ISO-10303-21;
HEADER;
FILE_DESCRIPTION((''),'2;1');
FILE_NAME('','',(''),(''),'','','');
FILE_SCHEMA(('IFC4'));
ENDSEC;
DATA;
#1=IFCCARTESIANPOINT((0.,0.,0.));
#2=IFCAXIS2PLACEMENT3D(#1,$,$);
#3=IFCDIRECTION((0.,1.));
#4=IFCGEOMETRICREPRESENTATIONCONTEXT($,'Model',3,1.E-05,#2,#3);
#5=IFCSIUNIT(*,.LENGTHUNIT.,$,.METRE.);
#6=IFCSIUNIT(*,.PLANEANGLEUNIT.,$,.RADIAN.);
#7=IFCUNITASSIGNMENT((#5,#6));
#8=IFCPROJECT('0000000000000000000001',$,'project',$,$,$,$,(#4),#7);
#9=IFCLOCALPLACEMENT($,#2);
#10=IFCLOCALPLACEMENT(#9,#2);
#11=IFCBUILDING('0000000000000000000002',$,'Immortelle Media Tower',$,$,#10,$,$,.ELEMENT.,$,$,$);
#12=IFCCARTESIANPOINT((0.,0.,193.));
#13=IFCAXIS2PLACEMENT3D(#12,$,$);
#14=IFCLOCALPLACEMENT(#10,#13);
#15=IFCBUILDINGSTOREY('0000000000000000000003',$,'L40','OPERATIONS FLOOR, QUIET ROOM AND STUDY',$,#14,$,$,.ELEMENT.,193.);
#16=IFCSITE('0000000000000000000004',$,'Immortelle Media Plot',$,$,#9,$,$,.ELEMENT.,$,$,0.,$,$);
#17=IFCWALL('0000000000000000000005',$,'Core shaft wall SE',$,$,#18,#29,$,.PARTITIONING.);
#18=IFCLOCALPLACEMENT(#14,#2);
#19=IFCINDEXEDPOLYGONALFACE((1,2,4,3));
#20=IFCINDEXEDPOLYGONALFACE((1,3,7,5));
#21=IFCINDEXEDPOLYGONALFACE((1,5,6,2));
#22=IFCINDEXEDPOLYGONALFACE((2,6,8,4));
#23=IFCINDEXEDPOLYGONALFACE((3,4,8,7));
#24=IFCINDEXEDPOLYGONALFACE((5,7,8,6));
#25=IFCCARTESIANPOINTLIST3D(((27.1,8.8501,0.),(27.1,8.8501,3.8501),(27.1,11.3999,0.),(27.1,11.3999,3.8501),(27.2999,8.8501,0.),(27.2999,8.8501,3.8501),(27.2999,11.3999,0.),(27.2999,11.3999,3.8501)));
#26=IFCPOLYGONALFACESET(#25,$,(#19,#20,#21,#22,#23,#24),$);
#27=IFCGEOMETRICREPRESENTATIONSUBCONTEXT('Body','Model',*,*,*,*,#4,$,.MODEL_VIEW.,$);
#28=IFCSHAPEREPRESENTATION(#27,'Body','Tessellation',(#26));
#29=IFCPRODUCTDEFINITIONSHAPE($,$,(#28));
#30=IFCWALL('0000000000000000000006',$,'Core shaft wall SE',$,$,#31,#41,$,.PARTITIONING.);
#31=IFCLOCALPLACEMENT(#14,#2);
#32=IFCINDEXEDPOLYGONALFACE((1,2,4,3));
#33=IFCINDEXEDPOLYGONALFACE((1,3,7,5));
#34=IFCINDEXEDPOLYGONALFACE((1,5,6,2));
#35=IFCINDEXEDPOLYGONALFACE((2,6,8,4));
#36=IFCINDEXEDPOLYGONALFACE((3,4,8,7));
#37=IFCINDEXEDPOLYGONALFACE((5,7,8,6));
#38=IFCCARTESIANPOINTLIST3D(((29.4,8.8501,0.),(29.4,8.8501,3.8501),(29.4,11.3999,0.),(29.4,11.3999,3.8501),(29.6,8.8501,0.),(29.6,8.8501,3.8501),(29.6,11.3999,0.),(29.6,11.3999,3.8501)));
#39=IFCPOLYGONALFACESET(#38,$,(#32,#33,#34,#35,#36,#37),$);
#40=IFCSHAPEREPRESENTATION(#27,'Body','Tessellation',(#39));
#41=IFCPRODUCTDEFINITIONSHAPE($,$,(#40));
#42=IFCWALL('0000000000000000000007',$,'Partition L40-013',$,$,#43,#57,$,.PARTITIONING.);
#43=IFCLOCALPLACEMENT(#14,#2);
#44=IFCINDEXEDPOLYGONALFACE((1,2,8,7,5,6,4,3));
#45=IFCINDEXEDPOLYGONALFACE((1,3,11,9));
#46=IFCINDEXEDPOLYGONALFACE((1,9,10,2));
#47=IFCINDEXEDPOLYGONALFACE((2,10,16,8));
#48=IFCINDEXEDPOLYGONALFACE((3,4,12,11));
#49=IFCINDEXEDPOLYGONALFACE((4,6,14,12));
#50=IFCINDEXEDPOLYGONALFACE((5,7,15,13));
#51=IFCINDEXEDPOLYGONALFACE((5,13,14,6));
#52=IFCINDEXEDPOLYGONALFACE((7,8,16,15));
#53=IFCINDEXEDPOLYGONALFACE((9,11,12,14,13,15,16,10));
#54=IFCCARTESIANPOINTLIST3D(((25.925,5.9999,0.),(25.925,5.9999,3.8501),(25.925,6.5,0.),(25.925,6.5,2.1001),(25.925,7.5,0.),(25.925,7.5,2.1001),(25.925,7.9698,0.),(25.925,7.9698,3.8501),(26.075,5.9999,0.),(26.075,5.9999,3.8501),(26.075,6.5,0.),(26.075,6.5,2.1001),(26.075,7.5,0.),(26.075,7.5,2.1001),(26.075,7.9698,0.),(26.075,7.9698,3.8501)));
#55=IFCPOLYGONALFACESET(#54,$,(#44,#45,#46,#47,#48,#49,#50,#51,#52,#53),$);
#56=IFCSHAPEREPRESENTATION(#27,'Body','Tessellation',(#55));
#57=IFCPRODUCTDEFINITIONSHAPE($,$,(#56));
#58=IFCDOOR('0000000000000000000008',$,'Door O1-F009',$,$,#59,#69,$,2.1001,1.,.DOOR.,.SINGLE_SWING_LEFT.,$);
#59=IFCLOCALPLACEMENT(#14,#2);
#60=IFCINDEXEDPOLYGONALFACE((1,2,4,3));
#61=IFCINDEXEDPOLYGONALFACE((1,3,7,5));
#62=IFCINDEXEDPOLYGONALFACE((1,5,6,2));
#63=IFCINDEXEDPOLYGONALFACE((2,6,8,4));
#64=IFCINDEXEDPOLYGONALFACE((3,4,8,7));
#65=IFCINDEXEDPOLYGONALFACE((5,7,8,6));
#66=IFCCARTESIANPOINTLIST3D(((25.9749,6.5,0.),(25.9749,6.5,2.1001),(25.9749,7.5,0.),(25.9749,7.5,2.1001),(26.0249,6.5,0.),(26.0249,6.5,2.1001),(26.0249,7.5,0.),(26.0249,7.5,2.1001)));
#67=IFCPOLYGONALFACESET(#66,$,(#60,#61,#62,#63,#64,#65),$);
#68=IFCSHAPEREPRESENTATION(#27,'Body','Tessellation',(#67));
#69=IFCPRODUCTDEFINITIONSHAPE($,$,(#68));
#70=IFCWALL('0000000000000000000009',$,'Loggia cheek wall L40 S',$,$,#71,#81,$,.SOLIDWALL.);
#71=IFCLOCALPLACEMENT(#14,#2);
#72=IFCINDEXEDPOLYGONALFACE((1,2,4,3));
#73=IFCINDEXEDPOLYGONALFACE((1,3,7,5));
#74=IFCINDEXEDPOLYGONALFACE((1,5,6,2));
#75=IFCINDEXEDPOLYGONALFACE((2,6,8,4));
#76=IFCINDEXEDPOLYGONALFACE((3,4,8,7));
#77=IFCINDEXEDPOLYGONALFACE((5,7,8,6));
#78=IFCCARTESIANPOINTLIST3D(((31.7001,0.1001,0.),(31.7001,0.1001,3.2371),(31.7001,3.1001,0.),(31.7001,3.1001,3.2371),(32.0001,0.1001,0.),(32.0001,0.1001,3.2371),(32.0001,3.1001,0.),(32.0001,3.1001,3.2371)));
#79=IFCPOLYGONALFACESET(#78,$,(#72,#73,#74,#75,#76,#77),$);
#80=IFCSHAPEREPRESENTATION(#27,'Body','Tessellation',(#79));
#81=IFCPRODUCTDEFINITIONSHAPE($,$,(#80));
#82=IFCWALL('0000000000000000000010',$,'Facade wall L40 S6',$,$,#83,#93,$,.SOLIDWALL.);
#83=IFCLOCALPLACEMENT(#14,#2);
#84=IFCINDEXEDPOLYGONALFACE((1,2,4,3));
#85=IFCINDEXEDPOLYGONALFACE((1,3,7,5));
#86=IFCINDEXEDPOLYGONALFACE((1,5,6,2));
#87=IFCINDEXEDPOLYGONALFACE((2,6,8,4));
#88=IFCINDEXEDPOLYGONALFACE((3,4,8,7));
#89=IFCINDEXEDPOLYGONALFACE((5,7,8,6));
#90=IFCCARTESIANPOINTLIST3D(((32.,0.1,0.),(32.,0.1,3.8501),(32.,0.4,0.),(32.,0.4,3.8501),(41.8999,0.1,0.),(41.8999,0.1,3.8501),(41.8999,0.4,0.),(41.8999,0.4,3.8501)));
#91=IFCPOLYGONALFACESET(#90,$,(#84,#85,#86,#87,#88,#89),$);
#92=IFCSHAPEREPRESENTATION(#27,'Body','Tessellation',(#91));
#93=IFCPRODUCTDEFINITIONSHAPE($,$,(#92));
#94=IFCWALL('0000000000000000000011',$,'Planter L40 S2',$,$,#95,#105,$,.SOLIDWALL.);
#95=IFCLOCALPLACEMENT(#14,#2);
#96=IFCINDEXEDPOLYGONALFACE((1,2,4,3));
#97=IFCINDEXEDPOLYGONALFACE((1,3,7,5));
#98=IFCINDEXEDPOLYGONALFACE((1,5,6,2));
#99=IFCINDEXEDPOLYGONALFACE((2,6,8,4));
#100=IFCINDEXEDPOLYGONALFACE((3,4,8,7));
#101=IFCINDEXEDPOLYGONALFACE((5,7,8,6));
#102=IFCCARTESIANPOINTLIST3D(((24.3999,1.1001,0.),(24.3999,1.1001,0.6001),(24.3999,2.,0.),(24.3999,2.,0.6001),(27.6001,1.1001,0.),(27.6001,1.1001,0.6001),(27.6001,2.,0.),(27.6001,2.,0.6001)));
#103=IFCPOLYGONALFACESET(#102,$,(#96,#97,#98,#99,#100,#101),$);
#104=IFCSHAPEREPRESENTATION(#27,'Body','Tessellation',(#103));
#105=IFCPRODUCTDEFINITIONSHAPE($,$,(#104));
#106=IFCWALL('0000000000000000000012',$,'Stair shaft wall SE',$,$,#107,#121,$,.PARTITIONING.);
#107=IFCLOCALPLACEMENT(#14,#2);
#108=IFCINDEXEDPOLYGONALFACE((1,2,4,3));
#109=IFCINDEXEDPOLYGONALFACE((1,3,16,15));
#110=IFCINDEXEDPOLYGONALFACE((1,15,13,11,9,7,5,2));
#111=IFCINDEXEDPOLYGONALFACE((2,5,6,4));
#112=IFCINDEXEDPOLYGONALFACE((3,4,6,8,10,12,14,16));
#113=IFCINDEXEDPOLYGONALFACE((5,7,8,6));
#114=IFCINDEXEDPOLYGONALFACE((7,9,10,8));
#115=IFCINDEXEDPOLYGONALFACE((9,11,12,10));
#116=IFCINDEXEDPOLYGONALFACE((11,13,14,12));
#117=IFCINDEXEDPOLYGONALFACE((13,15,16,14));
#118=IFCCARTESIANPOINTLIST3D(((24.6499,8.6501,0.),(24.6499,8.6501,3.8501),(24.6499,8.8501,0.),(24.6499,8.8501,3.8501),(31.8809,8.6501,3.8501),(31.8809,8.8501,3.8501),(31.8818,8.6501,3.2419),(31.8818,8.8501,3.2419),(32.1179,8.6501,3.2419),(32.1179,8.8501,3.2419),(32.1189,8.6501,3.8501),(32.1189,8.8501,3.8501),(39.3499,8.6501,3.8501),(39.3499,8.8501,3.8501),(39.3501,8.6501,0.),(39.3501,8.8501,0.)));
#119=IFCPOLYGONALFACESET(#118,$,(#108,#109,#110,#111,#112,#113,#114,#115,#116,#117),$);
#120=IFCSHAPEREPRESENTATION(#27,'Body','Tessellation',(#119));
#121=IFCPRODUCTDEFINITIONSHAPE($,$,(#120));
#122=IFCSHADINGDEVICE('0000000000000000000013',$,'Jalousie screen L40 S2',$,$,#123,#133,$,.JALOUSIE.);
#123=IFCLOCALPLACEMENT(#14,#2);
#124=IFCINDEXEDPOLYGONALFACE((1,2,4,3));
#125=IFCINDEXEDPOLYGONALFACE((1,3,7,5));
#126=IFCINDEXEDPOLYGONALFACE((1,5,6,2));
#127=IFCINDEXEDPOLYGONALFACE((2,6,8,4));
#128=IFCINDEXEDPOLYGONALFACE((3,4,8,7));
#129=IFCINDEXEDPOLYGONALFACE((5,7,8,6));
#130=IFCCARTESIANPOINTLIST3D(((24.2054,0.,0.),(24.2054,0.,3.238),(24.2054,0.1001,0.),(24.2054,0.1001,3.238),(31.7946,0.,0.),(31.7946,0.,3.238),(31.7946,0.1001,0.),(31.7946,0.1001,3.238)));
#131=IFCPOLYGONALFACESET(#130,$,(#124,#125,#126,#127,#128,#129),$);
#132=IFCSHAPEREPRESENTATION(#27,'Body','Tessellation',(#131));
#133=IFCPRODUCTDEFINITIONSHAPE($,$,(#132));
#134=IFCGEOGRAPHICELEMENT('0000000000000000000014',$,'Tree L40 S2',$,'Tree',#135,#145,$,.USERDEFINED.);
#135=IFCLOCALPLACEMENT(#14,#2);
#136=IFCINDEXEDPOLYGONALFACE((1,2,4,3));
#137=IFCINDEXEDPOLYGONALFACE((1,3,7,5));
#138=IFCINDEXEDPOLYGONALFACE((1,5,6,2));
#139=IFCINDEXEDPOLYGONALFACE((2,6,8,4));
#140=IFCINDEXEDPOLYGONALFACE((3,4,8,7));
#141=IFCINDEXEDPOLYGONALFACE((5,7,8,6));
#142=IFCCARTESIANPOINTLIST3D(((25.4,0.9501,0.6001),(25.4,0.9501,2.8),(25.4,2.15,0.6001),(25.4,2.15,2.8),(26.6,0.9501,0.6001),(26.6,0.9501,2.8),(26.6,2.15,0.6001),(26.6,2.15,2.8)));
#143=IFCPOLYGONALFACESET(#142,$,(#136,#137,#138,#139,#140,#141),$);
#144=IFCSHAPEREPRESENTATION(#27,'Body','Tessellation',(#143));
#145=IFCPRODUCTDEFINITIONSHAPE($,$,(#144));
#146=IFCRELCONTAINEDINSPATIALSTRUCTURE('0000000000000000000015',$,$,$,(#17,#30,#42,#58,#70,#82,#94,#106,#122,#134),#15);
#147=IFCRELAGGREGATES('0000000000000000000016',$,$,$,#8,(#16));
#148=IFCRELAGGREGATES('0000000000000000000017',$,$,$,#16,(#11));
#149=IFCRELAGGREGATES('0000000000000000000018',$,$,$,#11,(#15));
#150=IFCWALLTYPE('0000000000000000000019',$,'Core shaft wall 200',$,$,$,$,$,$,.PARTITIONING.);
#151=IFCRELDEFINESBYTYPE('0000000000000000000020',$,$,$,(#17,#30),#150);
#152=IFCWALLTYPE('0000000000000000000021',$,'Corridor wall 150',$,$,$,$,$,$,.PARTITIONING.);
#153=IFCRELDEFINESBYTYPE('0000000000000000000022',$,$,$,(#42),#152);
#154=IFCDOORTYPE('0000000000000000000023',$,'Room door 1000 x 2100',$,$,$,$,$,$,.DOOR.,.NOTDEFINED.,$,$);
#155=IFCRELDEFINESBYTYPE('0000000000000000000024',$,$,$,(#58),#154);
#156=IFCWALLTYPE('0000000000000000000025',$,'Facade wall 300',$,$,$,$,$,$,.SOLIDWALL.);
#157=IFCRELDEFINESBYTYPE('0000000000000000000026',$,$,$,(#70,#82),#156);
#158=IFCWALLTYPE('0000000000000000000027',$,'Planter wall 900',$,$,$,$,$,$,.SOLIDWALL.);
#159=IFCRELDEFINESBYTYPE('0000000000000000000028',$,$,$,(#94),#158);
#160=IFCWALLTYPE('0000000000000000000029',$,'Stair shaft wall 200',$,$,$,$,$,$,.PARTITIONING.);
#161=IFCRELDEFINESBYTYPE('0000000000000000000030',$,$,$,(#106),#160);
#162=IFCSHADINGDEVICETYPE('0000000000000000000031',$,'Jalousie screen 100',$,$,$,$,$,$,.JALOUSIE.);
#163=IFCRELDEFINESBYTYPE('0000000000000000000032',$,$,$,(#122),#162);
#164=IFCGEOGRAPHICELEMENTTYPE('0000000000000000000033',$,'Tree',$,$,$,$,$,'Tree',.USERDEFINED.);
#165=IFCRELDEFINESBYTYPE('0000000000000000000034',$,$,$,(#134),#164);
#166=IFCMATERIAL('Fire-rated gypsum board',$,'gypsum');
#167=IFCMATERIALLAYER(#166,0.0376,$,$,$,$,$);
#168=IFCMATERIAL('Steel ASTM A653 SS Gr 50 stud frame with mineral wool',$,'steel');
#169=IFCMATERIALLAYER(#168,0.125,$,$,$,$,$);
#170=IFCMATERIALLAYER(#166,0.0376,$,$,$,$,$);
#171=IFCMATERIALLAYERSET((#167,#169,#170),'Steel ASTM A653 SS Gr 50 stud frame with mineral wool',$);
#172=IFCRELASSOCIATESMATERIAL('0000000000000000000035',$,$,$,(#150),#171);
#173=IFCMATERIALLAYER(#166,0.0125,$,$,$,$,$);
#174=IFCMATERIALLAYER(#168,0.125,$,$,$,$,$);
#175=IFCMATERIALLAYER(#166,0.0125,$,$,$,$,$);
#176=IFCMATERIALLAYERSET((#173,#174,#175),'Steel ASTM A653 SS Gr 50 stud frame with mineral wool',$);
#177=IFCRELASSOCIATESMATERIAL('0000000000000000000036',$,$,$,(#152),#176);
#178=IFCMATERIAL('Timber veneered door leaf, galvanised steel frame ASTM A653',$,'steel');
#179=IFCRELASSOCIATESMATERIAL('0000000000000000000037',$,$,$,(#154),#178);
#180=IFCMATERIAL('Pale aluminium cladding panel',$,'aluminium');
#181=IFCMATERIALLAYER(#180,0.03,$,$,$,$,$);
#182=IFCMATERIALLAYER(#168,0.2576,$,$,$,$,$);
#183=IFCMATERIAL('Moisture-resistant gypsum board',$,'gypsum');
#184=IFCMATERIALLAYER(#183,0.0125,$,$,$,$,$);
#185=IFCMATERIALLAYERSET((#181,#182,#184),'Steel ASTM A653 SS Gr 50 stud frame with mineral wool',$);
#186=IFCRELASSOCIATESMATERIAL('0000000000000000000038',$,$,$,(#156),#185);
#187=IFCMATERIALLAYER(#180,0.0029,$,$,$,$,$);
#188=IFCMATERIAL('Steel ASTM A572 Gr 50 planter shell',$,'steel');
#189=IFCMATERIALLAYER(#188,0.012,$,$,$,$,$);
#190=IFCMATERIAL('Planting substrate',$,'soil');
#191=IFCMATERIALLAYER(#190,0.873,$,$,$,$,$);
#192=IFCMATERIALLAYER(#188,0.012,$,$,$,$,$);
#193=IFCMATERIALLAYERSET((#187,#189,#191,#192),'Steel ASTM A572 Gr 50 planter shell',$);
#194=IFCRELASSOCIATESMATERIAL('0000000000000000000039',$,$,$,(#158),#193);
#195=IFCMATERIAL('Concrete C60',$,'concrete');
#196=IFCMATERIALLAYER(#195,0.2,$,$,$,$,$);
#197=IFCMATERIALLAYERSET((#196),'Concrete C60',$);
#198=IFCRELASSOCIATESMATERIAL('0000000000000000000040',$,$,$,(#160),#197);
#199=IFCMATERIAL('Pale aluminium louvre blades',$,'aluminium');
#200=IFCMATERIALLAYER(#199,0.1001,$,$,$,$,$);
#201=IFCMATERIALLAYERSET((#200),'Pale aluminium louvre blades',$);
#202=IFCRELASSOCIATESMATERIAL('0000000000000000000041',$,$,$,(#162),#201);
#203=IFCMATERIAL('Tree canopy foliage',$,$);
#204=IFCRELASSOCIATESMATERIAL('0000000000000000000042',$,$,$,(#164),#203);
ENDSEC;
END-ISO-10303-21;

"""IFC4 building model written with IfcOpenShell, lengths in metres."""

from ifc_helpers import new_model, si_unit, direction, frame, frame_2d, origin, origin_2d, place, context, subcontext, project, spatial, polyline, rectangle, outline, extrude, material, layer, layer_set, type_object, element, fill, save


model = new_model("IFC4")

# Units and contexts
model_context = context("Model", 3, precision=1e-05, world=origin(), true_north=direction((0.0, 1.0)))
body_context = subcontext(model_context, "Body", "Model", "MODEL_VIEW")
ifc_project = project(units=[si_unit("LENGTHUNIT", "METRE"), si_unit("PLANEANGLEUNIT", "RADIAN")], contexts=[model_context])

# Site, building, storey
site_placement = place(None, origin())
site = spatial("IfcSite", under=ifc_project, at=site_placement, Name="Immortelle Media Plot", CompositionType="ELEMENT", RefElevation=0.0)
building_placement = place(site_placement, origin())
building = spatial("IfcBuilding", under=site, at=building_placement, Name="Immortelle Media Tower", CompositionType="ELEMENT")
storey_placement = place(building_placement, frame((0.0, 0.0, 193.0)))
storey = spatial("IfcBuildingStorey", under=building, at=storey_placement, Name="L40", Description="OPERATIONS FLOOR, QUIET ROOM AND STUDY", CompositionType="ELEMENT", Elevation=193.0)

# Walls
ifc_material_1 = material(Name="Fire-rated gypsum board", Category="gypsum")
ifc_layer_1 = layer(ifc_material_1, 0.0376)
ifc_material_2 = material(Name="Steel ASTM A653 SS Gr 50 stud frame with mineral wool", Category="steel")
ifc_layer_2 = layer(ifc_material_2, 0.125)
ifc_layer_3 = layer(ifc_material_1, 0.0376)
ifc_layer_set_1 = layer_set([ifc_layer_1, ifc_layer_2, ifc_layer_3], Name="Steel ASTM A653 SS Gr 50 stud frame with mineral wool")
wall_type_1 = type_object("IfcWallType", Name="Core shaft wall 200", PredefinedType="PARTITIONING", material=ifc_layer_set_1)
for number, where, z_axis, x_axis, name in (
    (1, (27.2, 8.8501, 0.0), (0.0, 0.0, 1.0), (0.0, 1.0, 0.0), "Core shaft wall SE"),
    (2, (29.5, 8.8501, 0.0), (0.0, 0.0, 1.0), (0.0, 1.0, 0.0), "Core shaft wall SE"),
):
    element("IfcWall", number, at=place(storey_placement, frame(where, z_axis=z_axis, x_axis=x_axis)), inside=storey, type_object=wall_type_1, Name=name, PredefinedType="PARTITIONING", context=body_context, shape_type="SweptSolid", body=[
        extrude(rectangle(XDim=2.5498, YDim=0.2, at=frame_2d((1.2749, 0.0))), origin(), (0.0, 0.0, 1.0), 3.8501),
    ])

# Wall, opening, door
ifc_layer_4 = layer(ifc_material_1, 0.0125)
ifc_layer_5 = layer(ifc_material_2, 0.125)
ifc_layer_6 = layer(ifc_material_1, 0.0125)
ifc_layer_set_2 = layer_set([ifc_layer_4, ifc_layer_5, ifc_layer_6], Name="Steel ASTM A653 SS Gr 50 stud frame with mineral wool")
wall_type_2 = type_object("IfcWallType", Name="Corridor wall 150", PredefinedType="PARTITIONING", material=ifc_layer_set_2)
wall_1_placement = place(storey_placement, frame((26.0, 6.0, 0.0), z_axis=(0.0, 0.0, 1.0), x_axis=(0.0, 1.0, 0.0)))
wall_1 = element("IfcWall", 3, at=wall_1_placement, inside=storey, type_object=wall_type_2, Name="Partition L40-013", PredefinedType="PARTITIONING", context=body_context, shape_type="SweptSolid", body=[
    extrude(rectangle(XDim=1.97, YDim=0.1499, at=frame_2d((0.9849, 0.0))), origin(), (0.0, 0.0, 1.0), 3.8501),
])
opening_placement = place(wall_1_placement, frame((1.5, 0.0, 0.0), z_axis=(0.0, 0.0, 1.0), x_axis=(-1.0, 0.0, 0.0)))
opening = element("IfcOpeningElement", 4, at=opening_placement, cuts=wall_1, PredefinedType="OPENING", context=body_context, shape_type="SweptSolid", body=[
    extrude(rectangle(XDim=1.0, YDim=2.1001, at=frame_2d((0.5, 1.05))), frame((0.0, 0.085, 0.0), z_axis=(0.0, -1.0, 0.0), x_axis=(1.0, 0.0, 0.0)), (0.0, 0.0, 1.0), 0.1699),
])
ifc_material_3 = material(Name="Timber veneered door leaf, galvanised steel frame ASTM A653", Category="steel")
door_type = type_object("IfcDoorType", Name="Room door 1000 x 2100", OperationType="NOTDEFINED", PredefinedType="DOOR", material=ifc_material_3)
door_placement = place(opening_placement, origin())
door = element("IfcDoor", 5, at=door_placement, inside=storey, type_object=door_type, Name="Door O1-F009", OperationType="SINGLE_SWING_LEFT", OverallHeight=2.1001, OverallWidth=1.0, PredefinedType="DOOR", context=body_context, shape_type="SweptSolid", body=[
    extrude(rectangle(XDim=1.0, YDim=2.1001, at=frame_2d((0.5, 1.05))), frame((0.0, 0.0249, 0.0), z_axis=(0.0, -1.0, 0.0), x_axis=(1.0, 0.0, 0.0)), (0.0, 0.0, 1.0), 0.05),
])
fill(opening, door)

# Walls
ifc_material_4 = material(Name="Pale aluminium cladding panel", Category="aluminium")
ifc_layer_7 = layer(ifc_material_4, 0.03)
ifc_layer_8 = layer(ifc_material_2, 0.2576)
ifc_material_5 = material(Name="Moisture-resistant gypsum board", Category="gypsum")
ifc_layer_9 = layer(ifc_material_5, 0.0125)
ifc_layer_set_3 = layer_set([ifc_layer_7, ifc_layer_8, ifc_layer_9], Name="Steel ASTM A653 SS Gr 50 stud frame with mineral wool")
wall_type_3 = type_object("IfcWallType", Name="Facade wall 300", PredefinedType="SOLIDWALL", material=ifc_layer_set_3)
wall_2_placement = place(storey_placement, frame((31.8501, 0.1001, 0.0), z_axis=(0.0, 0.0, 1.0), x_axis=(0.0, 1.0, 0.0)))
element("IfcWall", 6, at=wall_2_placement, inside=storey, type_object=wall_type_3, Name="Loggia cheek wall L40 S", PredefinedType="SOLIDWALL", context=body_context, shape_type="SweptSolid", body=[
    extrude(rectangle(XDim=3.0, YDim=0.3, at=frame_2d((1.5, 0.0))), origin(), (0.0, 0.0, 1.0), 3.2371),
])
wall_3_placement = place(storey_placement, frame((32.0, 0.25, 0.0), z_axis=(0.0, 0.0, 1.0), x_axis=(1.0, 0.0, 0.0)))
element("IfcWall", 7, at=wall_3_placement, inside=storey, type_object=wall_type_3, Name="Facade wall L40 S6", PredefinedType="SOLIDWALL", context=body_context, shape_type="SweptSolid", body=[
    extrude(rectangle(XDim=9.8999, YDim=0.3, at=frame_2d((4.95, 0.0))), origin(), (0.0, 0.0, 1.0), 3.8501),
])
ifc_layer_10 = layer(ifc_material_4, 0.0029)
ifc_material_6 = material(Name="Steel ASTM A572 Gr 50 planter shell", Category="steel")
ifc_layer_11 = layer(ifc_material_6, 0.012)
ifc_material_7 = material(Name="Planting substrate", Category="soil")
ifc_layer_12 = layer(ifc_material_7, 0.873)
ifc_layer_13 = layer(ifc_material_6, 0.012)
ifc_layer_set_4 = layer_set([ifc_layer_10, ifc_layer_11, ifc_layer_12, ifc_layer_13], Name="Steel ASTM A572 Gr 50 planter shell")
wall_type_4 = type_object("IfcWallType", Name="Planter wall 900", PredefinedType="SOLIDWALL", material=ifc_layer_set_4)
wall_4_placement = place(storey_placement, frame((24.3999, 1.55, 0.0), z_axis=(0.0, 0.0, 1.0), x_axis=(1.0, 0.0, 0.0)))
element("IfcWall", 8, at=wall_4_placement, inside=storey, type_object=wall_type_4, Name="Planter L40 S2", PredefinedType="SOLIDWALL", context=body_context, shape_type="SweptSolid", body=[
    extrude(rectangle(XDim=3.2002, YDim=0.8999, at=frame_2d((1.6001, 0.0))), origin(), (0.0, 0.0, 1.0), 0.6001),
])
ifc_material_8 = material(Name="Concrete C60", Category="concrete")
ifc_layer_14 = layer(ifc_material_8, 0.2)
ifc_layer_set_5 = layer_set([ifc_layer_14], Name="Concrete C60")
wall_type_5 = type_object("IfcWallType", Name="Stair shaft wall 200", PredefinedType="PARTITIONING", material=ifc_layer_set_5)
wall_5_placement = place(storey_placement, frame((24.6499, 8.75, 0.0), z_axis=(0.0, 0.0, 1.0), x_axis=(1.0, 0.0, 0.0)))
element("IfcWall", 9, at=wall_5_placement, inside=storey, type_object=wall_type_5, Name="Stair shaft wall SE", PredefinedType="PARTITIONING", context=body_context, shape_type="SweptSolid", body=[
    extrude(outline(polyline([(0.0, 0.0), (14.7002, 0.0), (14.7, 3.8501), (7.469, 3.8501), (7.468, 3.2419), (7.2319, 3.2419), (7.231, 3.8501), (0.0, 3.8501), (0.0, 0.0)])), frame((0.0, 0.1001, 0.0), z_axis=(0.0, -1.0, 0.0), x_axis=(1.0, 0.0, 0.0)), (0.0, 0.0, 1.0), 0.2),
])

# Shading device
ifc_material_9 = material(Name="Pale aluminium louvre blades", Category="aluminium")
ifc_layer_15 = layer(ifc_material_9, 0.1001)
ifc_layer_set_6 = layer_set([ifc_layer_15], Name="Pale aluminium louvre blades")
shading_device_type = type_object("IfcShadingDeviceType", Name="Jalousie screen 100", PredefinedType="JALOUSIE", material=ifc_layer_set_6)
shading_device_placement = place(storey_placement, frame((28.0, 0.05, 0.0), z_axis=(0.0, 0.0, 1.0), x_axis=(1.0, 0.0, 0.0)))
element("IfcShadingDevice", 10, at=shading_device_placement, inside=storey, type_object=shading_device_type, Name="Jalousie screen L40 S2", PredefinedType="JALOUSIE", context=body_context, shape_type="SweptSolid", body=[
    extrude(rectangle(XDim=7.5891, YDim=0.1001, at=origin_2d()), origin(), (0.0, 0.0, 1.0), 3.238),
])

# Geographic element
ifc_material_10 = material(Name="Tree canopy foliage")
geographic_element_type = type_object("IfcGeographicElementType", Name="Tree", ElementType="Tree", PredefinedType="USERDEFINED", material=ifc_material_10)
geographic_element_placement = place(storey_placement, frame((26.0, 1.55, 0.6001), z_axis=(0.0, 0.0, 1.0), x_axis=(1.0, 0.0, 0.0)))
element("IfcGeographicElement", 11, at=geographic_element_placement, inside=storey, type_object=geographic_element_type, Name="Tree L40 S2", ObjectType="Tree", PredefinedType="USERDEFINED", context=body_context, shape_type="SweptSolid", body=[
    extrude(rectangle(XDim=1.2, YDim=1.2, at=origin_2d()), origin(), (0.0, 0.0, 1.0), 2.2),
])

save(model, "model.ifc")
